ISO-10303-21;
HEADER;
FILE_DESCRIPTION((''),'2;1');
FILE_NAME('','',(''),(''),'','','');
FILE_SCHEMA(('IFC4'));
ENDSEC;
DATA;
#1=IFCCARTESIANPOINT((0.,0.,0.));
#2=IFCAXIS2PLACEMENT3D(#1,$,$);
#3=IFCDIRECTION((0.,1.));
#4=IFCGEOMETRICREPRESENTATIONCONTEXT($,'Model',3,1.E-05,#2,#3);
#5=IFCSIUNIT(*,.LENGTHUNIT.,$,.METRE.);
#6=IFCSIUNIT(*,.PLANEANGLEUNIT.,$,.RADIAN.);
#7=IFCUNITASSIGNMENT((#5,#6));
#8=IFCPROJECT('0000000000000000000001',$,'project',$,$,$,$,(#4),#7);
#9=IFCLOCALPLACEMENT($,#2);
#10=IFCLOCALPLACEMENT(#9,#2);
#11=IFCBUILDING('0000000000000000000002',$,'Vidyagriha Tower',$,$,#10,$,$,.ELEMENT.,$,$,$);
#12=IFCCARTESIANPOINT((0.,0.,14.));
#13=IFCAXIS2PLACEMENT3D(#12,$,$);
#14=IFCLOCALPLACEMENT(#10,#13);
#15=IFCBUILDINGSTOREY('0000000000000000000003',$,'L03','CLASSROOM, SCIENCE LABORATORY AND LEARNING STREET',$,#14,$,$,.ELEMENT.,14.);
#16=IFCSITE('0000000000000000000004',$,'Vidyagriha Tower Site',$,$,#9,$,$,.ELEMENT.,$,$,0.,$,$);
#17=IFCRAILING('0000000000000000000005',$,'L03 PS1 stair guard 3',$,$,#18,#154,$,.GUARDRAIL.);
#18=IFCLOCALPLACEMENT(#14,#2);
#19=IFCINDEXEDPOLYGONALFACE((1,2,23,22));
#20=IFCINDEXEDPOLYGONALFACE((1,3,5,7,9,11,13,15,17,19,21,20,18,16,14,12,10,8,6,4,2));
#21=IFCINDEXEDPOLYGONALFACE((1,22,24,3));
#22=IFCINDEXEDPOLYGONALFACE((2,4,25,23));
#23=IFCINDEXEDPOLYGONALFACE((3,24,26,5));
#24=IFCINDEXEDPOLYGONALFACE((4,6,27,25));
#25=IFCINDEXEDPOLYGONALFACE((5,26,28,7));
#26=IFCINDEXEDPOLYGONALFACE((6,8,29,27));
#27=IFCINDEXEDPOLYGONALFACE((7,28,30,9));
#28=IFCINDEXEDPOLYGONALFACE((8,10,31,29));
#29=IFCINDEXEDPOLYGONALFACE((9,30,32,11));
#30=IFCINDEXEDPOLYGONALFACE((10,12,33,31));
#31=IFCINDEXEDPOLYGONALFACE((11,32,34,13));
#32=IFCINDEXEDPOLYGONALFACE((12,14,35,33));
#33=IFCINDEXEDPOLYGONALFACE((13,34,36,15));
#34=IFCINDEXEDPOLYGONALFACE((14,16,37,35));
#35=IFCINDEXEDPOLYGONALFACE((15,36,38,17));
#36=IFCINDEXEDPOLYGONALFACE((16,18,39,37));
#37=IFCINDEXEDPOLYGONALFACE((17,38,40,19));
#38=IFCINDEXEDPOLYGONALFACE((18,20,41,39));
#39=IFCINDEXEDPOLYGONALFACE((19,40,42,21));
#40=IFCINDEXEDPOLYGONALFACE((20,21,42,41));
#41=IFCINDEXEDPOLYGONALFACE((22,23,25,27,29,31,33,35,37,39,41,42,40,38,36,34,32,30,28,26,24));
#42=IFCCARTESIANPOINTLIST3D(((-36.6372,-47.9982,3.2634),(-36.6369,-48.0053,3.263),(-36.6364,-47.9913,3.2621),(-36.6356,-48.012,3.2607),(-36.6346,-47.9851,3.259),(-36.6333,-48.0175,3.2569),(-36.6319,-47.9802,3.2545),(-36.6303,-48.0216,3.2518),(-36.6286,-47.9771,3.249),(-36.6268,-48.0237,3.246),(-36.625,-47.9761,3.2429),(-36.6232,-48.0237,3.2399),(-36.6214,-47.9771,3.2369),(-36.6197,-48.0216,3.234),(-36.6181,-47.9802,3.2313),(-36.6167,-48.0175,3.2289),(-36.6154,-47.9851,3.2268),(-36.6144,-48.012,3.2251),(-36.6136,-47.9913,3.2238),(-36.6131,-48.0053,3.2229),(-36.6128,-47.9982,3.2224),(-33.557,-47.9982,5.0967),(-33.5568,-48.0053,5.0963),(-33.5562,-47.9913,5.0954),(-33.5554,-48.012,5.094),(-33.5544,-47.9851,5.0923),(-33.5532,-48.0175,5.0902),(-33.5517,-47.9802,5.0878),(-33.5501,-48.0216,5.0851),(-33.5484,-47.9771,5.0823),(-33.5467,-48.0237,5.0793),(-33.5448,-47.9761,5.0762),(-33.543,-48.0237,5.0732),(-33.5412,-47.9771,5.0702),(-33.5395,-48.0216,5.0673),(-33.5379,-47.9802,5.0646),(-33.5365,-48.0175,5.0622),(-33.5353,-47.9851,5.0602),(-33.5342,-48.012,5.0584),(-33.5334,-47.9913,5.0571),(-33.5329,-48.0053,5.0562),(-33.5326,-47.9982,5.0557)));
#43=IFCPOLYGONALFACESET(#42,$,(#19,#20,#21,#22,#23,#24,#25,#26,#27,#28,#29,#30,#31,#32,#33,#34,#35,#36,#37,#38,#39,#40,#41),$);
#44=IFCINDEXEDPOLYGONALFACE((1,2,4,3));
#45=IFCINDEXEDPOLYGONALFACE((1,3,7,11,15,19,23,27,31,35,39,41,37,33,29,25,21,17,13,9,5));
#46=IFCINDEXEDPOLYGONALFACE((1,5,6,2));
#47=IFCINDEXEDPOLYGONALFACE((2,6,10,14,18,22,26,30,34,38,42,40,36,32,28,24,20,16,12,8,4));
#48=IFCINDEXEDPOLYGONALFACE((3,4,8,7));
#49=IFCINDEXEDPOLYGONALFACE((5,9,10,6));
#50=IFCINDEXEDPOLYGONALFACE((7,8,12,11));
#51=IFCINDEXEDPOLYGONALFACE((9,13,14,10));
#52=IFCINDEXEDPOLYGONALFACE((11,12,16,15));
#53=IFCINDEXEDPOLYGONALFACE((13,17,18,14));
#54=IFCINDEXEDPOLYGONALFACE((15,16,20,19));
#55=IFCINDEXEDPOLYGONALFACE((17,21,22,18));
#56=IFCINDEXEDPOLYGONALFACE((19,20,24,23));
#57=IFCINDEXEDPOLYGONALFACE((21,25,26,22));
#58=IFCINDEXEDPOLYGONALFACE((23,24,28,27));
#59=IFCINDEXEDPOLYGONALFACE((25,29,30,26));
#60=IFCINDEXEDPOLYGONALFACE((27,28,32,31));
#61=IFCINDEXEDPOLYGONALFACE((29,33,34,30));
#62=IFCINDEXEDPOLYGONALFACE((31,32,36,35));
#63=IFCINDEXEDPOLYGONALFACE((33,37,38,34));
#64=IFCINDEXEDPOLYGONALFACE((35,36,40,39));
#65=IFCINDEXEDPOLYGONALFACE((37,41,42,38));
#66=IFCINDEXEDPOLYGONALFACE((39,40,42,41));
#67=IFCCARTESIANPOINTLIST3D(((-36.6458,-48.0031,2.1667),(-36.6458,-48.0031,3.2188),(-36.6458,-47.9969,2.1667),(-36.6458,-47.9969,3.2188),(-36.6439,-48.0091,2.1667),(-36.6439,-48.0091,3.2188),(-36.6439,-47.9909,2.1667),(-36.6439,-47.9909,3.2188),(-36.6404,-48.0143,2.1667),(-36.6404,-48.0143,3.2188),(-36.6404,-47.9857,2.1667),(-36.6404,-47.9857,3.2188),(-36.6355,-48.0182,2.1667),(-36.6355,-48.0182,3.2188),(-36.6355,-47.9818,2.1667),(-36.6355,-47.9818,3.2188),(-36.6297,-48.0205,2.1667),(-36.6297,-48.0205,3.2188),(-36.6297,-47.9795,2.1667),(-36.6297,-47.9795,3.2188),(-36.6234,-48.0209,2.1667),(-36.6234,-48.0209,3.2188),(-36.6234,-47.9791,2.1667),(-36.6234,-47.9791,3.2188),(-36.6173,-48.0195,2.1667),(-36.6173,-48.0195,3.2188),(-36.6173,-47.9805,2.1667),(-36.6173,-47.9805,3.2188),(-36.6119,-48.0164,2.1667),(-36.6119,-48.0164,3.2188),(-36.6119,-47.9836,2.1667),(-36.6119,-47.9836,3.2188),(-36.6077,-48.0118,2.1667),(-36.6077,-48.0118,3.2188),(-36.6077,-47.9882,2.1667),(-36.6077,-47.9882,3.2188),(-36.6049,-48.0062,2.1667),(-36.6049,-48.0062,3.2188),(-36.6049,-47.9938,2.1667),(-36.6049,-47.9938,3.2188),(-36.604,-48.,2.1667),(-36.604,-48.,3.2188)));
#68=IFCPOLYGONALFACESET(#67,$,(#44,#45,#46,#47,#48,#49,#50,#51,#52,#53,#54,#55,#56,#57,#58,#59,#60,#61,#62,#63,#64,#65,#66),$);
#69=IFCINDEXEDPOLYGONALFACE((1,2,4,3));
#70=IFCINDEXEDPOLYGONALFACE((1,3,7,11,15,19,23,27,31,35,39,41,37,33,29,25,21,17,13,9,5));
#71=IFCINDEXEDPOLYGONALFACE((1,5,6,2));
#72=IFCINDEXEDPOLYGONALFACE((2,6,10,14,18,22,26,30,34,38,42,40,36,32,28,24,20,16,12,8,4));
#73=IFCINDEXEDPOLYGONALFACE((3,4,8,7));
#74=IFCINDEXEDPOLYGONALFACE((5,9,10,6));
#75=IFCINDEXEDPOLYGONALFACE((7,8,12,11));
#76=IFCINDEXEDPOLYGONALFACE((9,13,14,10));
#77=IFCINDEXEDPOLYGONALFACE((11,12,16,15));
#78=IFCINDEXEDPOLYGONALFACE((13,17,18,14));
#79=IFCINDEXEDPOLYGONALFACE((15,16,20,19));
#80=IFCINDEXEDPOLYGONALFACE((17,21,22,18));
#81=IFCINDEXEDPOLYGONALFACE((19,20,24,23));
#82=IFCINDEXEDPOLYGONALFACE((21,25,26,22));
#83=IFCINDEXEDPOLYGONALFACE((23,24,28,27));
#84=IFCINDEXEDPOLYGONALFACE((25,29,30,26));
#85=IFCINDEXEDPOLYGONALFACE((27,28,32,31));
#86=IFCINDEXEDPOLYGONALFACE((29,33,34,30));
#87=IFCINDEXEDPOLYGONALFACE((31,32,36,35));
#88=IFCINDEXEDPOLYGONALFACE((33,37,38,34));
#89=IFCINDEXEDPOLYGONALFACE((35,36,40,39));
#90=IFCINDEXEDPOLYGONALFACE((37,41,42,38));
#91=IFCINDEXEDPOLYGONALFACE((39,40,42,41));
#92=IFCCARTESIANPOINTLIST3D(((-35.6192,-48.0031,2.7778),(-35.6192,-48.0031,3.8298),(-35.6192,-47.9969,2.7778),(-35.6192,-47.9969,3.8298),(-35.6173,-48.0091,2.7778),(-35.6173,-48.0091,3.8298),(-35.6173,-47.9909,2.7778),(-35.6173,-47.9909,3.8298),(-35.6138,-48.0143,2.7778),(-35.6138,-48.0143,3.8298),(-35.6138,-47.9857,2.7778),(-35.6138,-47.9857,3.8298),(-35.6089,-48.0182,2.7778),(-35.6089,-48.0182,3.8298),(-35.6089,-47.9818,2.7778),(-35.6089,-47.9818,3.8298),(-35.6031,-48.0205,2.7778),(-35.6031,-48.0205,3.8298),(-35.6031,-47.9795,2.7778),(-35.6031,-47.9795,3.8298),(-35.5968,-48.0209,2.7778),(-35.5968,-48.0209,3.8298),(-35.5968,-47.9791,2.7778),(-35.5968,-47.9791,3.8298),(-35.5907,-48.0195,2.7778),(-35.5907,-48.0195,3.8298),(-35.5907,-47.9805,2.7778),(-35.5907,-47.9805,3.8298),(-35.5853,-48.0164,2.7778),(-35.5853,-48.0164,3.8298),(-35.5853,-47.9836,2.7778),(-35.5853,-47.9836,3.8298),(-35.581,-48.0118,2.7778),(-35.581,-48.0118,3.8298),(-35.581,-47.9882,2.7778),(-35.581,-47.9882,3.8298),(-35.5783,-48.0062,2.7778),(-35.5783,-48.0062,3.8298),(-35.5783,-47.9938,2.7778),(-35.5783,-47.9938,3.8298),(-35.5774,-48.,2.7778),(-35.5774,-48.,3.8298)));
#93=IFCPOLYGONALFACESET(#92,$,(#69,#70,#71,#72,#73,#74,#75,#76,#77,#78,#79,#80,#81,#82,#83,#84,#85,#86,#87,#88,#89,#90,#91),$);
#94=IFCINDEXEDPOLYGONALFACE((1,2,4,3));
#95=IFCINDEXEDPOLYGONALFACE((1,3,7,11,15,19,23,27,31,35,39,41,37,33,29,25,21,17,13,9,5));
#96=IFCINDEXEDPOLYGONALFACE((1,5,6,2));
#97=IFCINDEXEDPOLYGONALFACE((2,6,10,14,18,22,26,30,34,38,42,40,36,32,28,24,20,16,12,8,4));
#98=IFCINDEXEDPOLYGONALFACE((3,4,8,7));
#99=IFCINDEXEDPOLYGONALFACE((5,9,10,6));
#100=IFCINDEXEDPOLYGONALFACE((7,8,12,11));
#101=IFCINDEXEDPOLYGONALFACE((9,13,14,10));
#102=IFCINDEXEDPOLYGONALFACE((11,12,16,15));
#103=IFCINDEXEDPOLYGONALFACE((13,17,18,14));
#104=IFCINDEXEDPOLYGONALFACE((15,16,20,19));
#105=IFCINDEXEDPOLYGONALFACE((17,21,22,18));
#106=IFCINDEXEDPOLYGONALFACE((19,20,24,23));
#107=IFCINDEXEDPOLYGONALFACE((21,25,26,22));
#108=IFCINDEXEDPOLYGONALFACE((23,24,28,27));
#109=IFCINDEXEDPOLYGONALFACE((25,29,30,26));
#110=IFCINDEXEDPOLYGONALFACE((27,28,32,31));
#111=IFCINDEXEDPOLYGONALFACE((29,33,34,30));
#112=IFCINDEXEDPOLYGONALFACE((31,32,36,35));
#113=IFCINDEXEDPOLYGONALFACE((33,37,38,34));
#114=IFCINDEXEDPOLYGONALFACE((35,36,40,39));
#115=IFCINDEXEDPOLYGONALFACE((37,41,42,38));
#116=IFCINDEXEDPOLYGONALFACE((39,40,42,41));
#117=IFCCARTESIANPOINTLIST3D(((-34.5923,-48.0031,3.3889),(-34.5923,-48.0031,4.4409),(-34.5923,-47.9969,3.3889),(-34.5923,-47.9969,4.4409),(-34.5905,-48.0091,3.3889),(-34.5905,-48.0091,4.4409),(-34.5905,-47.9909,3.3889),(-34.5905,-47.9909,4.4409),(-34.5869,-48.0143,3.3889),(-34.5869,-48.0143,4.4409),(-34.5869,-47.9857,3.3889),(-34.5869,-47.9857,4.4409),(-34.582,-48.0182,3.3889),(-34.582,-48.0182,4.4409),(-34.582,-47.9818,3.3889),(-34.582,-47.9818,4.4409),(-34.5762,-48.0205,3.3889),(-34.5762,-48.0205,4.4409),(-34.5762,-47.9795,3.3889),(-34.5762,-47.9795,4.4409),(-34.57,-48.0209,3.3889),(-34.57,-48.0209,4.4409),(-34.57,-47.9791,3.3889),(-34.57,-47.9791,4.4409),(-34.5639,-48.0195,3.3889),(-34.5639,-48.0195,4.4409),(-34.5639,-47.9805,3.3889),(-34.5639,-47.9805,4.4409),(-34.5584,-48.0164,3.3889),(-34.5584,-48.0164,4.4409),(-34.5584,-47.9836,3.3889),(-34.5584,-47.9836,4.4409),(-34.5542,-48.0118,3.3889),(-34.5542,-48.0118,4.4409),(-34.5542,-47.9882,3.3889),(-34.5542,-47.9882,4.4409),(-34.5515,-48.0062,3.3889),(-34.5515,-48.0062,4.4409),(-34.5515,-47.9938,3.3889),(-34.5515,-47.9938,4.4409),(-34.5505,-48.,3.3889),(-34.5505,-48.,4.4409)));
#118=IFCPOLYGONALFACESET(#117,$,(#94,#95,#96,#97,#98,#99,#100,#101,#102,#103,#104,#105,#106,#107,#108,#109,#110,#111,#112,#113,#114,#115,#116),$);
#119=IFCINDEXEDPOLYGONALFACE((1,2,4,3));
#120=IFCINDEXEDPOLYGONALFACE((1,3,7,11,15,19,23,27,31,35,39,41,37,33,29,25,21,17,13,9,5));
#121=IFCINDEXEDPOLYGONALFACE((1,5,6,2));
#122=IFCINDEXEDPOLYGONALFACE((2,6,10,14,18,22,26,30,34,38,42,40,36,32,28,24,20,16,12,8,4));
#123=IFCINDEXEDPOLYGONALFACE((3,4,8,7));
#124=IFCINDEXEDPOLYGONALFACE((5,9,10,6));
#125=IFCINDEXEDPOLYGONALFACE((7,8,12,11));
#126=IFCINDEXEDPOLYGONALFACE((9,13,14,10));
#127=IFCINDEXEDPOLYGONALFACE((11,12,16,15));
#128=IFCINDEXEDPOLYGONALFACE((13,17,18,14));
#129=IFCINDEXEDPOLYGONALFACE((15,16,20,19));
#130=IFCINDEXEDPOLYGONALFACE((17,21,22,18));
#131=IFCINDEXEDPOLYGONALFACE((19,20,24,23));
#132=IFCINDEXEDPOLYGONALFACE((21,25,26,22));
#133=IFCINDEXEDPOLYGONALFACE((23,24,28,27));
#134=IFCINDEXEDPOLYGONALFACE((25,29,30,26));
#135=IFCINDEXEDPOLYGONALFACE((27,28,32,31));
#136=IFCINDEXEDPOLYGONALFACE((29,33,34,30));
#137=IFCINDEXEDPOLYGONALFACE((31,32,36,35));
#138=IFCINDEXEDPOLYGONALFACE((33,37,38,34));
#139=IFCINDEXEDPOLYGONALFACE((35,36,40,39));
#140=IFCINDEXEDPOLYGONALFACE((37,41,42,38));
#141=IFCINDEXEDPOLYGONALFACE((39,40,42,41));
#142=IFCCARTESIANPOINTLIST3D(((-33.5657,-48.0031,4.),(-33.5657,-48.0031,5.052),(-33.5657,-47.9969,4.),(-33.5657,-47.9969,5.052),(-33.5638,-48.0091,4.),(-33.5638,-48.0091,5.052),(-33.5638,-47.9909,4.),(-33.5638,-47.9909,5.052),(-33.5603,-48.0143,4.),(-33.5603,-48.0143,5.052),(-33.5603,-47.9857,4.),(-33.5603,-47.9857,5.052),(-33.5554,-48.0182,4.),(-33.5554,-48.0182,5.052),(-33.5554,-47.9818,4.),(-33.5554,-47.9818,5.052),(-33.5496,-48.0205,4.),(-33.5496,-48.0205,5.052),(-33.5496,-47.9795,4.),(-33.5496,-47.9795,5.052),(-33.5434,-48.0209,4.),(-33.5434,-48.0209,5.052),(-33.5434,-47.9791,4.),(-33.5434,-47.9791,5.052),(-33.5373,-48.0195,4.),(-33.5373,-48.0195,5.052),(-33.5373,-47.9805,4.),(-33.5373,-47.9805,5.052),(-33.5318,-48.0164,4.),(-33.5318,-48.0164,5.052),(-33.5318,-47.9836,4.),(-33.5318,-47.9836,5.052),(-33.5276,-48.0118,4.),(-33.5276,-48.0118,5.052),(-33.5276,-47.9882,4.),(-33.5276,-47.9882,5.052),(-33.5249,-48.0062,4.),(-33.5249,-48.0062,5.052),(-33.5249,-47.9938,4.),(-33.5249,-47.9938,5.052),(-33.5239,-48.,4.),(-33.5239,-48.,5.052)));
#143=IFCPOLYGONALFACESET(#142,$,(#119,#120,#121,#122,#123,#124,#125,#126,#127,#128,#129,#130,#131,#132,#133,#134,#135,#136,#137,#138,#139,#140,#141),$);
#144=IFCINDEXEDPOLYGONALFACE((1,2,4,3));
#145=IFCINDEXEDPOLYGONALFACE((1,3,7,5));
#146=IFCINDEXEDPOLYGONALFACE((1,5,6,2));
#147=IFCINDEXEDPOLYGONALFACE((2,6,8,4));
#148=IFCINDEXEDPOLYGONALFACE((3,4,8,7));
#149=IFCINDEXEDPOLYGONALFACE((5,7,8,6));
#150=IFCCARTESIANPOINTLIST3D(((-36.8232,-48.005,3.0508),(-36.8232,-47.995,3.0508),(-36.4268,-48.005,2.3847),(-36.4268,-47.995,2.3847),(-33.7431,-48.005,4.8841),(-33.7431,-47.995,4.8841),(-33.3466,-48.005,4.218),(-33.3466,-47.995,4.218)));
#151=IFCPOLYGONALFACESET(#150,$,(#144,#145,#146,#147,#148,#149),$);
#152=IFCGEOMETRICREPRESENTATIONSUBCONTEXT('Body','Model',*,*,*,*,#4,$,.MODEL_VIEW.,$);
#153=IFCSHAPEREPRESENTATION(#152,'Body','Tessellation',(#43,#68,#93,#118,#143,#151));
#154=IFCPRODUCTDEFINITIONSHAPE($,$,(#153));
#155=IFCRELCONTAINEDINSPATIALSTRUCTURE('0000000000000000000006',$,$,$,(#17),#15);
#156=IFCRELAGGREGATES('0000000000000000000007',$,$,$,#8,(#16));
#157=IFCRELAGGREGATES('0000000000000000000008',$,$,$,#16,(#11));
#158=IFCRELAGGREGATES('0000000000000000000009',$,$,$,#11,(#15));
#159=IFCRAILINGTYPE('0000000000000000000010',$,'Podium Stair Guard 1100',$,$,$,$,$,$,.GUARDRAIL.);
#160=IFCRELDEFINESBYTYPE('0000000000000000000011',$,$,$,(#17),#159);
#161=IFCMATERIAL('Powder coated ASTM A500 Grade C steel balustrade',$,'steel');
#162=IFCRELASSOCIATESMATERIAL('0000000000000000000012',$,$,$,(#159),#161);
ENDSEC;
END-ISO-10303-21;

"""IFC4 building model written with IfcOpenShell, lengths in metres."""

from ifc_helpers import new_model, si_unit, direction, frame, origin, origin_2d, place, context, subcontext, project, spatial, rectangle, circle, extrude, material, type_object, element, save


model = new_model("IFC4")

# Units and contexts
model_context = context("Model", 3, precision=1e-05, world=origin(), true_north=direction((0.0, 1.0)))
body_context = subcontext(model_context, "Body", "Model", "MODEL_VIEW")
ifc_project = project(units=[si_unit("LENGTHUNIT", "METRE"), si_unit("PLANEANGLEUNIT", "RADIAN")], contexts=[model_context])

# Site, building, storey
site_placement = place(None, origin())
site = spatial("IfcSite", under=ifc_project, at=site_placement, Name="Vidyagriha Tower Site", CompositionType="ELEMENT", RefElevation=0.0)
building_placement = place(site_placement, origin())
building = spatial("IfcBuilding", under=site, at=building_placement, Name="Vidyagriha Tower", CompositionType="ELEMENT")
storey_placement = place(building_placement, frame((0.0, 0.0, 14.0)))
storey = spatial("IfcBuildingStorey", under=building, at=storey_placement, Name="L03", Description="CLASSROOM, SCIENCE LABORATORY AND LEARNING STREET", CompositionType="ELEMENT", Elevation=14.0)

# Railing
ifc_material_1 = material(Name="Powder coated ASTM A500 Grade C steel balustrade", Category="steel")
railing_type_1 = type_object("IfcRailingType", Name="Podium Stair Guard 1100", PredefinedType="GUARDRAIL", material=ifc_material_1)
railing_1_placement = place(storey_placement, frame((-36.625, -48.0, 2.1667)))
element("IfcRailing", 1, at=railing_1_placement, inside=storey, type_object=railing_type_1, Name="L03 PS1 stair guard 3", PredefinedType="GUARDRAIL", context=body_context, shape_type="SweptSolid", body=[
    extrude(circle(Radius=0.0239, at=origin_2d()), frame((0.0, 0.0, 1.0762), z_axis=(0.859309, 0.0, 0.511458), x_axis=(0.0, 1.0, 0.0)), (0.0, 0.0, 1.0), 3.5845),
    extrude(circle(Radius=0.021, at=origin_2d()), origin(), (0.0, 0.0, 1.0), 1.052),
    extrude(circle(Radius=0.021, at=origin_2d()), frame((1.0266, 0.0, 0.6111)), (0.0, 0.0, 1.0), 1.052),
    extrude(circle(Radius=0.021, at=origin_2d()), frame((2.0535, 0.0, 1.2222)), (0.0, 0.0, 1.0), 1.052),
    extrude(circle(Radius=0.021, at=origin_2d()), frame((3.0801, 0.0, 1.8333)), (0.0, 0.0, 1.0), 1.052),
    extrude(rectangle(XDim=0.01, YDim=0.7751, at=origin_2d()), frame((0.0, 0.0, 0.551), z_axis=(0.859309, 0.0, 0.511458), x_axis=(0.0, 1.0, 0.0)), (0.0, 0.0, 1.0), 3.5845),
])

save(model, "model.ifc")
